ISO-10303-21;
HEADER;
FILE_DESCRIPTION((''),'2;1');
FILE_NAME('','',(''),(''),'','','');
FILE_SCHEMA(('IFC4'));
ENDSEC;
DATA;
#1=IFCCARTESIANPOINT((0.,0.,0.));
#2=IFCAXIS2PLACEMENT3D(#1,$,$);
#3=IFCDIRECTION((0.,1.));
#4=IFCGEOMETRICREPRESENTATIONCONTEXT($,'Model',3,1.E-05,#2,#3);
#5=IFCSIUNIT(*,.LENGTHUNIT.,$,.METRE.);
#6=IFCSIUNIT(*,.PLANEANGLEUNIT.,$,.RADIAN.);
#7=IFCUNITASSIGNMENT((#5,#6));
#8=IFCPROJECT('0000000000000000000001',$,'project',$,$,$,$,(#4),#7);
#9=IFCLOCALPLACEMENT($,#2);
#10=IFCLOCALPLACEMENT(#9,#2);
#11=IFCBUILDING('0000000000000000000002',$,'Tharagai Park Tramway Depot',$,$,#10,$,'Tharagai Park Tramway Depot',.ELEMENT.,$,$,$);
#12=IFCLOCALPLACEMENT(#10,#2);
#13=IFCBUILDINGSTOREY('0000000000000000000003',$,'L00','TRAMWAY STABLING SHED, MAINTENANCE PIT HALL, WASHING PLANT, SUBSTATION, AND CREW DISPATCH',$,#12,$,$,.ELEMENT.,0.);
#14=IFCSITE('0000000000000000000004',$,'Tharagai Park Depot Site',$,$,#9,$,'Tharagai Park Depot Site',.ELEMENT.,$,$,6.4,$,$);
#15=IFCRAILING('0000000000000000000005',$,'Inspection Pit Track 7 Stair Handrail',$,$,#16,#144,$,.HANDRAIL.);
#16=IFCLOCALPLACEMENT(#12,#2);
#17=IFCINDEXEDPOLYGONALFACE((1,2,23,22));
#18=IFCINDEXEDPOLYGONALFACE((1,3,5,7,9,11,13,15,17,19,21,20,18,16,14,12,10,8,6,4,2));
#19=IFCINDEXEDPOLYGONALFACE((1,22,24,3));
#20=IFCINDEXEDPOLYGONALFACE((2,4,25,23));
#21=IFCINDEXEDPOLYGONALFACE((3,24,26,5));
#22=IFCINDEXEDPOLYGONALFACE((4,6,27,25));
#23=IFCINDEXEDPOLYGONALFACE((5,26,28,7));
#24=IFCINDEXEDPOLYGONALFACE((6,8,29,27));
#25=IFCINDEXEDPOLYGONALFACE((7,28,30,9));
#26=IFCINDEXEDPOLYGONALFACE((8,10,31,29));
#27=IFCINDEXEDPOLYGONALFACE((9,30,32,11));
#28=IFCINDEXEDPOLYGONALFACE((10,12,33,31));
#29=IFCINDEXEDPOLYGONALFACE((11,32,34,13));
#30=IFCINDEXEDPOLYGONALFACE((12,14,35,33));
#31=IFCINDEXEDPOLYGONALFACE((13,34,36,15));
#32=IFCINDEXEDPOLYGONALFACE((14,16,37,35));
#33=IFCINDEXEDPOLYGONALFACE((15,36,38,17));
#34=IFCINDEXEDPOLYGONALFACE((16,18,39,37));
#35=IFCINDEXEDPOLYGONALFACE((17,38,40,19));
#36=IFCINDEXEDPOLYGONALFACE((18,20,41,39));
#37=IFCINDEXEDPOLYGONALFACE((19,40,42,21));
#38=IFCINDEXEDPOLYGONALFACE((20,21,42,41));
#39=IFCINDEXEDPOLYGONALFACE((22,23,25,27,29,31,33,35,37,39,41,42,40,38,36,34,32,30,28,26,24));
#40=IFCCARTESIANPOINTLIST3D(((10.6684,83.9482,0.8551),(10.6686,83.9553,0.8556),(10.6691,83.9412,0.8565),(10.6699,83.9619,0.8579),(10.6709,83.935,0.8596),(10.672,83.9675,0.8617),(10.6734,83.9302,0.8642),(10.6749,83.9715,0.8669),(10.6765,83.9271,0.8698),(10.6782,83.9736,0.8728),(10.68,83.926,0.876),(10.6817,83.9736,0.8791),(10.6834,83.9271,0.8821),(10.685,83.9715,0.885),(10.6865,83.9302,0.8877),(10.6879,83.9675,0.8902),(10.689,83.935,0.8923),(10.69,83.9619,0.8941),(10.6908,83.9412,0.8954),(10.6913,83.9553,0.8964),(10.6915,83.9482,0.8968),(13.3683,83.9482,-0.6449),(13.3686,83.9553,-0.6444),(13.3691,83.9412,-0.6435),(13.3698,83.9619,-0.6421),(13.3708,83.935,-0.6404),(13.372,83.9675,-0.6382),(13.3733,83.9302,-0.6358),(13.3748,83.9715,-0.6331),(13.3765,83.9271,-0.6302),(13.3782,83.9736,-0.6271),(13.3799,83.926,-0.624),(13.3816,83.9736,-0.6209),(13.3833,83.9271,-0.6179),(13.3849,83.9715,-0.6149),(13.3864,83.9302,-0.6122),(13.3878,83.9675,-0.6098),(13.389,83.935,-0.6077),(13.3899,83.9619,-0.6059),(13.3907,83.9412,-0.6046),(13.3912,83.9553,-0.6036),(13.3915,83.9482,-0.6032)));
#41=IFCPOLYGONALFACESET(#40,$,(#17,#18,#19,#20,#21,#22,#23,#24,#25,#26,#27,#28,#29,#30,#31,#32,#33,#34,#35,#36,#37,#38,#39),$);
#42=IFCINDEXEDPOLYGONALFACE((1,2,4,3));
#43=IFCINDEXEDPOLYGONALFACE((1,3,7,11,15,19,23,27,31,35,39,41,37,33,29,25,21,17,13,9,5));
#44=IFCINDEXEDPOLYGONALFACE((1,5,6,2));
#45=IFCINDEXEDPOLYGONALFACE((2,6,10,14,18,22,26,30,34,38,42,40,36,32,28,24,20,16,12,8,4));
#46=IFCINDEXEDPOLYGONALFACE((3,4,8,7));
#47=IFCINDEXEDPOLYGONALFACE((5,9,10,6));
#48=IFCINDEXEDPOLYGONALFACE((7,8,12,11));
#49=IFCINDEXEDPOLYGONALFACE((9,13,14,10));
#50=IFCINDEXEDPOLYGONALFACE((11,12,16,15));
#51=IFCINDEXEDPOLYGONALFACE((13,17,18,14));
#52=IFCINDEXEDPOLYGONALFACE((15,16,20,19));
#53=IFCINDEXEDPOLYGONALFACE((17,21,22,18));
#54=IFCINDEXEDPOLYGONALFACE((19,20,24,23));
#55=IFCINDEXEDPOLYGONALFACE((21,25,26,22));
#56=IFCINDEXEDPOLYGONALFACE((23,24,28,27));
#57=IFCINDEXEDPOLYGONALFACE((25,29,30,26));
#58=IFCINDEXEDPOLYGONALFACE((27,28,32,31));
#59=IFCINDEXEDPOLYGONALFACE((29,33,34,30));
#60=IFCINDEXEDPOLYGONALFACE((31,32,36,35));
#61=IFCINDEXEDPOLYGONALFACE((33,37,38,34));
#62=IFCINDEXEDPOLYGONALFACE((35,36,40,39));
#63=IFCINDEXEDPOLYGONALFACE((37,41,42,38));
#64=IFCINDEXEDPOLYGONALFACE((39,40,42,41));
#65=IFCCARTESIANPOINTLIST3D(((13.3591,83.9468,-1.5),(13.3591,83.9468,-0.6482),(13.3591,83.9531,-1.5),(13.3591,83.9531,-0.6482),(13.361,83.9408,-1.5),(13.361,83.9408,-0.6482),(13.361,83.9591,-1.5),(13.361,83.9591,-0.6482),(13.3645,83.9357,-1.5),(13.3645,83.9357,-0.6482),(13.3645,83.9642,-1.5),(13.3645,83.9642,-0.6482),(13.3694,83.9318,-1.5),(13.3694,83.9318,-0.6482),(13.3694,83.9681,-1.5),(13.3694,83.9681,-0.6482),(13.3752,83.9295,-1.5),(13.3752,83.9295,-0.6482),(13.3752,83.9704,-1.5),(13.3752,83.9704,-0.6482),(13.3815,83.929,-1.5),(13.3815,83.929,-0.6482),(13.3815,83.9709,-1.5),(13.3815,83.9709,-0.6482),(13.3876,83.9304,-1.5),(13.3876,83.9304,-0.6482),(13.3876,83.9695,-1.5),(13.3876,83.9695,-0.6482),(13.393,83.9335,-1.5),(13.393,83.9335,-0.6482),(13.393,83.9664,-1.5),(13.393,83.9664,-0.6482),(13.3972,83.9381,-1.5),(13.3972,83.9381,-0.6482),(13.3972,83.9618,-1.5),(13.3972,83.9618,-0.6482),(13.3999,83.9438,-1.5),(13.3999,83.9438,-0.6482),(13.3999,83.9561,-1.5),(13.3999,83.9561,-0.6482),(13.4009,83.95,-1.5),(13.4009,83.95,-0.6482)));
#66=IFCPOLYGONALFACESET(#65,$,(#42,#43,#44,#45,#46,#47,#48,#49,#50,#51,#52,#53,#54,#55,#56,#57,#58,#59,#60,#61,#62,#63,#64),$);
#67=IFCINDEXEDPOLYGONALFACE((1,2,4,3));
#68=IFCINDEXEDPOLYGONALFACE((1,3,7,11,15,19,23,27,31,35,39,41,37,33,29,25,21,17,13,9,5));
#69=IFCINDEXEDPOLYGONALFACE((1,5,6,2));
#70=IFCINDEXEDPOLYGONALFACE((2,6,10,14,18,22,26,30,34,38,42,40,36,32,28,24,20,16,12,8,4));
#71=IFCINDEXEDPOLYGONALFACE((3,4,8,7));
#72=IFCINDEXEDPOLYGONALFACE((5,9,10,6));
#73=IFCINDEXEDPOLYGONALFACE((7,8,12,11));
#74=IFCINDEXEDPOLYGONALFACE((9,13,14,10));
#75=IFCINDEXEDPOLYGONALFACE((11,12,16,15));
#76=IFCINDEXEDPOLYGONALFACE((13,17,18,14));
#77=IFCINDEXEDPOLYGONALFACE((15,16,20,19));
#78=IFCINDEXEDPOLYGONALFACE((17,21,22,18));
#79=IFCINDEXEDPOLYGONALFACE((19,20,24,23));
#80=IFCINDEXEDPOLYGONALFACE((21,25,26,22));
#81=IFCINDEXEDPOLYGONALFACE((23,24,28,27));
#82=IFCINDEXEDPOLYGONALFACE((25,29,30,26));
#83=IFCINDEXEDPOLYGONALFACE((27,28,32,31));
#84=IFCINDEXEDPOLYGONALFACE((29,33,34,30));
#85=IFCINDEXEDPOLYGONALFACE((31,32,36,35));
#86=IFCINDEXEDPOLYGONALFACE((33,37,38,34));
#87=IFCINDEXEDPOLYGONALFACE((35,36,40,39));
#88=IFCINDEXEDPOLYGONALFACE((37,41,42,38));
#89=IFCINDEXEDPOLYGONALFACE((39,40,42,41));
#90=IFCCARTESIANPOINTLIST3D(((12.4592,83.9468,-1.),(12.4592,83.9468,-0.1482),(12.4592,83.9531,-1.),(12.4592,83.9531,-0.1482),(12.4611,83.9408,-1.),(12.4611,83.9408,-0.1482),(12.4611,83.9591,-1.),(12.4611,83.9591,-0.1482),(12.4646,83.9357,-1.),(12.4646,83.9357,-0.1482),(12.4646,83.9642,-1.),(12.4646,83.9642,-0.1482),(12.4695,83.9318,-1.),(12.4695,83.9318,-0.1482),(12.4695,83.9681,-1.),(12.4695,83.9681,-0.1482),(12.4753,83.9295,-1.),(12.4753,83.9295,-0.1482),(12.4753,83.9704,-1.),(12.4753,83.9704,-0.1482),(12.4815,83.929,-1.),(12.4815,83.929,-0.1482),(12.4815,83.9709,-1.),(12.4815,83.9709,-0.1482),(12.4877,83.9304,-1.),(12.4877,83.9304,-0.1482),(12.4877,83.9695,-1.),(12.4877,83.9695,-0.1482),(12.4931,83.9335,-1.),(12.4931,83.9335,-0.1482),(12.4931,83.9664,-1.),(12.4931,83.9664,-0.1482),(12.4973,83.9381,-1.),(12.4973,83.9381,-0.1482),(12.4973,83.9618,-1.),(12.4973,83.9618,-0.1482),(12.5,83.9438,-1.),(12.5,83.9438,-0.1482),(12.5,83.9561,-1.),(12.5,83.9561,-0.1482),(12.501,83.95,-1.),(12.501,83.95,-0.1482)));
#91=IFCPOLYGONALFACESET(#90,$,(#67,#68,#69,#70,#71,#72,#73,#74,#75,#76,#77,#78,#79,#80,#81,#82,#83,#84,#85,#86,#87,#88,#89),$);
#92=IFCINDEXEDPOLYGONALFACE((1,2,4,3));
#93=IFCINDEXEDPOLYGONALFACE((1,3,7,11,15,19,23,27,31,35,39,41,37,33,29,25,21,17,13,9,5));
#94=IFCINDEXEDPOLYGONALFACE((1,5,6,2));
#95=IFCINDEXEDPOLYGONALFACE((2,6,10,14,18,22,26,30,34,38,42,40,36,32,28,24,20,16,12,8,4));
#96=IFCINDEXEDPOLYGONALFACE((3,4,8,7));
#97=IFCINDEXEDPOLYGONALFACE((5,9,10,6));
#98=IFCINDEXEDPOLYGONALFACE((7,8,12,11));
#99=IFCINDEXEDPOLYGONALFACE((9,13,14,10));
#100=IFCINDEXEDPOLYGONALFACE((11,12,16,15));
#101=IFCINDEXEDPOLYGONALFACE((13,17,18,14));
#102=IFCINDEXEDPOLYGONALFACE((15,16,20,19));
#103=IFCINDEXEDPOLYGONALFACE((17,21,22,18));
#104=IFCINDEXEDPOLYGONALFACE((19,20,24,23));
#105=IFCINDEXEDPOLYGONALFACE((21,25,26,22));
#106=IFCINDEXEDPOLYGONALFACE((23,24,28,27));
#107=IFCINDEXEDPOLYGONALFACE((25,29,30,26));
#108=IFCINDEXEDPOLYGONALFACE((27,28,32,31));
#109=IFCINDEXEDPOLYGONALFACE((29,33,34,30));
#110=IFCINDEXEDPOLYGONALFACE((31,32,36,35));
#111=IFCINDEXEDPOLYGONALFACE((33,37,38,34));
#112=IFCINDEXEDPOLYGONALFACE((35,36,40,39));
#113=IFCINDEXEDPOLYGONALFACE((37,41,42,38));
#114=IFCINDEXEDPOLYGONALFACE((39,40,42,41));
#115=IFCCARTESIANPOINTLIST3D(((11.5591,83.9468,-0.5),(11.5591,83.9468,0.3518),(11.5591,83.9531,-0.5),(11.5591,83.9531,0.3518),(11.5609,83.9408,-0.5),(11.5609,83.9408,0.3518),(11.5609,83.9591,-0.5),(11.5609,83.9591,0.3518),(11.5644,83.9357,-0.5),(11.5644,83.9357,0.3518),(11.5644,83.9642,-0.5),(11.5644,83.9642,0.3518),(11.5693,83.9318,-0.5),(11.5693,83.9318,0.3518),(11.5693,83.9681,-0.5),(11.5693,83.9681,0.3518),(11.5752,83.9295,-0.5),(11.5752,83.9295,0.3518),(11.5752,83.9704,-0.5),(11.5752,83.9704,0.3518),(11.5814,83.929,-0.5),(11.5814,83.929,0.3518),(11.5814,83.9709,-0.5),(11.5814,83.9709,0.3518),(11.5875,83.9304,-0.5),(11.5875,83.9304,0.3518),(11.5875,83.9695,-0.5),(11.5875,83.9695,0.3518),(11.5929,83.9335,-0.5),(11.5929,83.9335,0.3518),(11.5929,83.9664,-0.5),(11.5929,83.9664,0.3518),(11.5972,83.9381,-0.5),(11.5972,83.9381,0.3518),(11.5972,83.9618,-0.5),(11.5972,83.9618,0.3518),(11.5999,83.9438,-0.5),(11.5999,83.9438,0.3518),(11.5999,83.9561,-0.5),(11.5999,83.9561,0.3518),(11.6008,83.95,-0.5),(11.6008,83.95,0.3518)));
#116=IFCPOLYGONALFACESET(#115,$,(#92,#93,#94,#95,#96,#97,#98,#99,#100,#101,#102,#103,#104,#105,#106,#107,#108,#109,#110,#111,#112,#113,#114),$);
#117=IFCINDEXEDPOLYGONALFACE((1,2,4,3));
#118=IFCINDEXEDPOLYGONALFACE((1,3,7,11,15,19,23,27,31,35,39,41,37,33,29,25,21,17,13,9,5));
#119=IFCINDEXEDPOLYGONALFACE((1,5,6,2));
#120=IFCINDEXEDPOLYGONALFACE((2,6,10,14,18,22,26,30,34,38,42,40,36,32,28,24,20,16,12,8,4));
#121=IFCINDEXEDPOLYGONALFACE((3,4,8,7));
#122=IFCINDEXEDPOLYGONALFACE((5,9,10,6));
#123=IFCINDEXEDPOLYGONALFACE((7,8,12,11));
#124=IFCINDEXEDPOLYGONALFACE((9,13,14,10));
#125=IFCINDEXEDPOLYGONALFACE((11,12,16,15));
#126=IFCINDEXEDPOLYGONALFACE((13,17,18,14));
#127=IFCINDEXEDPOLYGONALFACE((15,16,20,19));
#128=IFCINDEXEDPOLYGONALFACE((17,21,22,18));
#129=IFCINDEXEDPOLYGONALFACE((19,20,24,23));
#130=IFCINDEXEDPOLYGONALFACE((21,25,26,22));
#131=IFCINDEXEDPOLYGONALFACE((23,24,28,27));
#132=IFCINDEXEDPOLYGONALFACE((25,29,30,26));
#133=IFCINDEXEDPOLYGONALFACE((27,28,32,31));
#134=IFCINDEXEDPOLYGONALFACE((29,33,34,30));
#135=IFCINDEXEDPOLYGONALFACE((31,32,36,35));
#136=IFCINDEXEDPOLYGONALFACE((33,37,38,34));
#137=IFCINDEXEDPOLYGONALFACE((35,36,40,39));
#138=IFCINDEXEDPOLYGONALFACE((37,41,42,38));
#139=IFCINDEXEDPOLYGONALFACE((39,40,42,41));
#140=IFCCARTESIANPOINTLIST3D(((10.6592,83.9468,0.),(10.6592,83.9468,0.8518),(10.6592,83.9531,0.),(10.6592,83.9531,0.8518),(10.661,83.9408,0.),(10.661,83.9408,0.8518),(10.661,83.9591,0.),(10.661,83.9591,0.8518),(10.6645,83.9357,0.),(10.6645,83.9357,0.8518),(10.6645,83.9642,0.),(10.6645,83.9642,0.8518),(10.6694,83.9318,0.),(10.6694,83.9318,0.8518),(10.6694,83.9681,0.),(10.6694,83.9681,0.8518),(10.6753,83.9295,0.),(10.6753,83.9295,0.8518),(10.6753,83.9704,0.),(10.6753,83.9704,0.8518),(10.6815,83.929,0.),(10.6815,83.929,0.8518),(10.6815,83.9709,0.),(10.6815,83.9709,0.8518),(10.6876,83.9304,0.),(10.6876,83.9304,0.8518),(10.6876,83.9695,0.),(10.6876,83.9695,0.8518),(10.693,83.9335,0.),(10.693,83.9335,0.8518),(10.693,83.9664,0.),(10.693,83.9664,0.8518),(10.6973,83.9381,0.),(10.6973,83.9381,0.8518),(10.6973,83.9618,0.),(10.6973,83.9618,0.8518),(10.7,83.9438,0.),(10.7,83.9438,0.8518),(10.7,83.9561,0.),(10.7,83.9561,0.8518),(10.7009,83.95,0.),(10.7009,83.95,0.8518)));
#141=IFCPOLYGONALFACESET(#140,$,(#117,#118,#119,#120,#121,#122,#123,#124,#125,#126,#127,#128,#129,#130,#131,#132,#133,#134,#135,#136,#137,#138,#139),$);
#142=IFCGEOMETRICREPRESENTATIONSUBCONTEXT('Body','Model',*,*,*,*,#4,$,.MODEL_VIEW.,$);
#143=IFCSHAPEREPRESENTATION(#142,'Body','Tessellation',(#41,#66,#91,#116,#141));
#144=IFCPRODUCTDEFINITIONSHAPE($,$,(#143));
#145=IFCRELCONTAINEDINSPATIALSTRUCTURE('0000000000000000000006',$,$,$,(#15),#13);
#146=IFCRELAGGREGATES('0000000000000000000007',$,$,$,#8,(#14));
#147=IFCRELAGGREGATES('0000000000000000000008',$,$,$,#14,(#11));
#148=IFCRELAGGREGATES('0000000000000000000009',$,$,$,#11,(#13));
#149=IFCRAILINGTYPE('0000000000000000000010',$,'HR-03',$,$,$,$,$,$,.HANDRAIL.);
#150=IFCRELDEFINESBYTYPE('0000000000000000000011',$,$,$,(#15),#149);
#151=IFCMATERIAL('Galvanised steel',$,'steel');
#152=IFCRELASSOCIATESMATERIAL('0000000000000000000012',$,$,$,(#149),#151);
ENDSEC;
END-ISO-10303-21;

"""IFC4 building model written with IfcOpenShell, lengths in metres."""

from ifc_helpers import new_model, si_unit, direction, frame, origin, origin_2d, place, context, subcontext, project, spatial, circle, extrude, material, type_object, element, save


model = new_model("IFC4")

# Units and contexts
model_context = context("Model", 3, precision=1e-05, world=origin(), true_north=direction((0.0, 1.0)))
body_context = subcontext(model_context, "Body", "Model", "MODEL_VIEW")
ifc_project = project(units=[si_unit("LENGTHUNIT", "METRE"), si_unit("PLANEANGLEUNIT", "RADIAN")], contexts=[model_context])

# Site, building, storey
site_placement = place(None, origin())
site = spatial("IfcSite", under=ifc_project, at=site_placement, Name="Tharagai Park Depot Site", LongName="Tharagai Park Depot Site", CompositionType="ELEMENT", RefElevation=6.4)
building_placement = place(site_placement, origin())
building = spatial("IfcBuilding", under=site, at=building_placement, Name="Tharagai Park Tramway Depot", LongName="Tharagai Park Tramway Depot", CompositionType="ELEMENT")
storey_placement = place(building_placement, origin())
storey = spatial("IfcBuildingStorey", under=building, at=storey_placement, Name="L00", Description="TRAMWAY STABLING SHED, MAINTENANCE PIT HALL, WASHING PLANT, SUBSTATION, AND CREW DISPATCH", CompositionType="ELEMENT", Elevation=0.0)

# Railing
ifc_material_1 = material(Name="Galvanised steel", Category="steel")
railing_type_1 = type_object("IfcRailingType", Name="HR-03", PredefinedType="HANDRAIL", material=ifc_material_1)
for number, where, name in (
    (1, (13.3799, 83.95, -1.5), "Inspection Pit Track 7 Stair Handrail"),
):
    element("IfcRailing", number, at=place(storey_placement, frame(where)), inside=storey, type_object=railing_type_1, Name=name, PredefinedType="HANDRAIL", context=body_context, shape_type="SweptSolid", body=[
        extrude(circle(Radius=0.0239, at=origin_2d()), frame((0.0, 0.0, 0.876), z_axis=(-0.874154, 0.0, 0.48565), x_axis=(0.0, -1.0, 0.0)), (0.0, 0.0, 1.0), 3.0886),
        extrude(circle(Radius=0.021, at=origin_2d()), origin(), (0.0, 0.0, 1.0), 0.8518),
        extrude(circle(Radius=0.021, at=origin_2d()), frame((-0.8999, 0.0, 0.5)), (0.0, 0.0, 1.0), 0.8518),
        extrude(circle(Radius=0.021, at=origin_2d()), frame((-1.8, 0.0, 1.0)), (0.0, 0.0, 1.0), 0.8518),
        extrude(circle(Radius=0.021, at=origin_2d()), frame((-2.7, 0.0, 1.5)), (0.0, 0.0, 1.0), 0.8518),
    ])

save(model, "model.ifc")
